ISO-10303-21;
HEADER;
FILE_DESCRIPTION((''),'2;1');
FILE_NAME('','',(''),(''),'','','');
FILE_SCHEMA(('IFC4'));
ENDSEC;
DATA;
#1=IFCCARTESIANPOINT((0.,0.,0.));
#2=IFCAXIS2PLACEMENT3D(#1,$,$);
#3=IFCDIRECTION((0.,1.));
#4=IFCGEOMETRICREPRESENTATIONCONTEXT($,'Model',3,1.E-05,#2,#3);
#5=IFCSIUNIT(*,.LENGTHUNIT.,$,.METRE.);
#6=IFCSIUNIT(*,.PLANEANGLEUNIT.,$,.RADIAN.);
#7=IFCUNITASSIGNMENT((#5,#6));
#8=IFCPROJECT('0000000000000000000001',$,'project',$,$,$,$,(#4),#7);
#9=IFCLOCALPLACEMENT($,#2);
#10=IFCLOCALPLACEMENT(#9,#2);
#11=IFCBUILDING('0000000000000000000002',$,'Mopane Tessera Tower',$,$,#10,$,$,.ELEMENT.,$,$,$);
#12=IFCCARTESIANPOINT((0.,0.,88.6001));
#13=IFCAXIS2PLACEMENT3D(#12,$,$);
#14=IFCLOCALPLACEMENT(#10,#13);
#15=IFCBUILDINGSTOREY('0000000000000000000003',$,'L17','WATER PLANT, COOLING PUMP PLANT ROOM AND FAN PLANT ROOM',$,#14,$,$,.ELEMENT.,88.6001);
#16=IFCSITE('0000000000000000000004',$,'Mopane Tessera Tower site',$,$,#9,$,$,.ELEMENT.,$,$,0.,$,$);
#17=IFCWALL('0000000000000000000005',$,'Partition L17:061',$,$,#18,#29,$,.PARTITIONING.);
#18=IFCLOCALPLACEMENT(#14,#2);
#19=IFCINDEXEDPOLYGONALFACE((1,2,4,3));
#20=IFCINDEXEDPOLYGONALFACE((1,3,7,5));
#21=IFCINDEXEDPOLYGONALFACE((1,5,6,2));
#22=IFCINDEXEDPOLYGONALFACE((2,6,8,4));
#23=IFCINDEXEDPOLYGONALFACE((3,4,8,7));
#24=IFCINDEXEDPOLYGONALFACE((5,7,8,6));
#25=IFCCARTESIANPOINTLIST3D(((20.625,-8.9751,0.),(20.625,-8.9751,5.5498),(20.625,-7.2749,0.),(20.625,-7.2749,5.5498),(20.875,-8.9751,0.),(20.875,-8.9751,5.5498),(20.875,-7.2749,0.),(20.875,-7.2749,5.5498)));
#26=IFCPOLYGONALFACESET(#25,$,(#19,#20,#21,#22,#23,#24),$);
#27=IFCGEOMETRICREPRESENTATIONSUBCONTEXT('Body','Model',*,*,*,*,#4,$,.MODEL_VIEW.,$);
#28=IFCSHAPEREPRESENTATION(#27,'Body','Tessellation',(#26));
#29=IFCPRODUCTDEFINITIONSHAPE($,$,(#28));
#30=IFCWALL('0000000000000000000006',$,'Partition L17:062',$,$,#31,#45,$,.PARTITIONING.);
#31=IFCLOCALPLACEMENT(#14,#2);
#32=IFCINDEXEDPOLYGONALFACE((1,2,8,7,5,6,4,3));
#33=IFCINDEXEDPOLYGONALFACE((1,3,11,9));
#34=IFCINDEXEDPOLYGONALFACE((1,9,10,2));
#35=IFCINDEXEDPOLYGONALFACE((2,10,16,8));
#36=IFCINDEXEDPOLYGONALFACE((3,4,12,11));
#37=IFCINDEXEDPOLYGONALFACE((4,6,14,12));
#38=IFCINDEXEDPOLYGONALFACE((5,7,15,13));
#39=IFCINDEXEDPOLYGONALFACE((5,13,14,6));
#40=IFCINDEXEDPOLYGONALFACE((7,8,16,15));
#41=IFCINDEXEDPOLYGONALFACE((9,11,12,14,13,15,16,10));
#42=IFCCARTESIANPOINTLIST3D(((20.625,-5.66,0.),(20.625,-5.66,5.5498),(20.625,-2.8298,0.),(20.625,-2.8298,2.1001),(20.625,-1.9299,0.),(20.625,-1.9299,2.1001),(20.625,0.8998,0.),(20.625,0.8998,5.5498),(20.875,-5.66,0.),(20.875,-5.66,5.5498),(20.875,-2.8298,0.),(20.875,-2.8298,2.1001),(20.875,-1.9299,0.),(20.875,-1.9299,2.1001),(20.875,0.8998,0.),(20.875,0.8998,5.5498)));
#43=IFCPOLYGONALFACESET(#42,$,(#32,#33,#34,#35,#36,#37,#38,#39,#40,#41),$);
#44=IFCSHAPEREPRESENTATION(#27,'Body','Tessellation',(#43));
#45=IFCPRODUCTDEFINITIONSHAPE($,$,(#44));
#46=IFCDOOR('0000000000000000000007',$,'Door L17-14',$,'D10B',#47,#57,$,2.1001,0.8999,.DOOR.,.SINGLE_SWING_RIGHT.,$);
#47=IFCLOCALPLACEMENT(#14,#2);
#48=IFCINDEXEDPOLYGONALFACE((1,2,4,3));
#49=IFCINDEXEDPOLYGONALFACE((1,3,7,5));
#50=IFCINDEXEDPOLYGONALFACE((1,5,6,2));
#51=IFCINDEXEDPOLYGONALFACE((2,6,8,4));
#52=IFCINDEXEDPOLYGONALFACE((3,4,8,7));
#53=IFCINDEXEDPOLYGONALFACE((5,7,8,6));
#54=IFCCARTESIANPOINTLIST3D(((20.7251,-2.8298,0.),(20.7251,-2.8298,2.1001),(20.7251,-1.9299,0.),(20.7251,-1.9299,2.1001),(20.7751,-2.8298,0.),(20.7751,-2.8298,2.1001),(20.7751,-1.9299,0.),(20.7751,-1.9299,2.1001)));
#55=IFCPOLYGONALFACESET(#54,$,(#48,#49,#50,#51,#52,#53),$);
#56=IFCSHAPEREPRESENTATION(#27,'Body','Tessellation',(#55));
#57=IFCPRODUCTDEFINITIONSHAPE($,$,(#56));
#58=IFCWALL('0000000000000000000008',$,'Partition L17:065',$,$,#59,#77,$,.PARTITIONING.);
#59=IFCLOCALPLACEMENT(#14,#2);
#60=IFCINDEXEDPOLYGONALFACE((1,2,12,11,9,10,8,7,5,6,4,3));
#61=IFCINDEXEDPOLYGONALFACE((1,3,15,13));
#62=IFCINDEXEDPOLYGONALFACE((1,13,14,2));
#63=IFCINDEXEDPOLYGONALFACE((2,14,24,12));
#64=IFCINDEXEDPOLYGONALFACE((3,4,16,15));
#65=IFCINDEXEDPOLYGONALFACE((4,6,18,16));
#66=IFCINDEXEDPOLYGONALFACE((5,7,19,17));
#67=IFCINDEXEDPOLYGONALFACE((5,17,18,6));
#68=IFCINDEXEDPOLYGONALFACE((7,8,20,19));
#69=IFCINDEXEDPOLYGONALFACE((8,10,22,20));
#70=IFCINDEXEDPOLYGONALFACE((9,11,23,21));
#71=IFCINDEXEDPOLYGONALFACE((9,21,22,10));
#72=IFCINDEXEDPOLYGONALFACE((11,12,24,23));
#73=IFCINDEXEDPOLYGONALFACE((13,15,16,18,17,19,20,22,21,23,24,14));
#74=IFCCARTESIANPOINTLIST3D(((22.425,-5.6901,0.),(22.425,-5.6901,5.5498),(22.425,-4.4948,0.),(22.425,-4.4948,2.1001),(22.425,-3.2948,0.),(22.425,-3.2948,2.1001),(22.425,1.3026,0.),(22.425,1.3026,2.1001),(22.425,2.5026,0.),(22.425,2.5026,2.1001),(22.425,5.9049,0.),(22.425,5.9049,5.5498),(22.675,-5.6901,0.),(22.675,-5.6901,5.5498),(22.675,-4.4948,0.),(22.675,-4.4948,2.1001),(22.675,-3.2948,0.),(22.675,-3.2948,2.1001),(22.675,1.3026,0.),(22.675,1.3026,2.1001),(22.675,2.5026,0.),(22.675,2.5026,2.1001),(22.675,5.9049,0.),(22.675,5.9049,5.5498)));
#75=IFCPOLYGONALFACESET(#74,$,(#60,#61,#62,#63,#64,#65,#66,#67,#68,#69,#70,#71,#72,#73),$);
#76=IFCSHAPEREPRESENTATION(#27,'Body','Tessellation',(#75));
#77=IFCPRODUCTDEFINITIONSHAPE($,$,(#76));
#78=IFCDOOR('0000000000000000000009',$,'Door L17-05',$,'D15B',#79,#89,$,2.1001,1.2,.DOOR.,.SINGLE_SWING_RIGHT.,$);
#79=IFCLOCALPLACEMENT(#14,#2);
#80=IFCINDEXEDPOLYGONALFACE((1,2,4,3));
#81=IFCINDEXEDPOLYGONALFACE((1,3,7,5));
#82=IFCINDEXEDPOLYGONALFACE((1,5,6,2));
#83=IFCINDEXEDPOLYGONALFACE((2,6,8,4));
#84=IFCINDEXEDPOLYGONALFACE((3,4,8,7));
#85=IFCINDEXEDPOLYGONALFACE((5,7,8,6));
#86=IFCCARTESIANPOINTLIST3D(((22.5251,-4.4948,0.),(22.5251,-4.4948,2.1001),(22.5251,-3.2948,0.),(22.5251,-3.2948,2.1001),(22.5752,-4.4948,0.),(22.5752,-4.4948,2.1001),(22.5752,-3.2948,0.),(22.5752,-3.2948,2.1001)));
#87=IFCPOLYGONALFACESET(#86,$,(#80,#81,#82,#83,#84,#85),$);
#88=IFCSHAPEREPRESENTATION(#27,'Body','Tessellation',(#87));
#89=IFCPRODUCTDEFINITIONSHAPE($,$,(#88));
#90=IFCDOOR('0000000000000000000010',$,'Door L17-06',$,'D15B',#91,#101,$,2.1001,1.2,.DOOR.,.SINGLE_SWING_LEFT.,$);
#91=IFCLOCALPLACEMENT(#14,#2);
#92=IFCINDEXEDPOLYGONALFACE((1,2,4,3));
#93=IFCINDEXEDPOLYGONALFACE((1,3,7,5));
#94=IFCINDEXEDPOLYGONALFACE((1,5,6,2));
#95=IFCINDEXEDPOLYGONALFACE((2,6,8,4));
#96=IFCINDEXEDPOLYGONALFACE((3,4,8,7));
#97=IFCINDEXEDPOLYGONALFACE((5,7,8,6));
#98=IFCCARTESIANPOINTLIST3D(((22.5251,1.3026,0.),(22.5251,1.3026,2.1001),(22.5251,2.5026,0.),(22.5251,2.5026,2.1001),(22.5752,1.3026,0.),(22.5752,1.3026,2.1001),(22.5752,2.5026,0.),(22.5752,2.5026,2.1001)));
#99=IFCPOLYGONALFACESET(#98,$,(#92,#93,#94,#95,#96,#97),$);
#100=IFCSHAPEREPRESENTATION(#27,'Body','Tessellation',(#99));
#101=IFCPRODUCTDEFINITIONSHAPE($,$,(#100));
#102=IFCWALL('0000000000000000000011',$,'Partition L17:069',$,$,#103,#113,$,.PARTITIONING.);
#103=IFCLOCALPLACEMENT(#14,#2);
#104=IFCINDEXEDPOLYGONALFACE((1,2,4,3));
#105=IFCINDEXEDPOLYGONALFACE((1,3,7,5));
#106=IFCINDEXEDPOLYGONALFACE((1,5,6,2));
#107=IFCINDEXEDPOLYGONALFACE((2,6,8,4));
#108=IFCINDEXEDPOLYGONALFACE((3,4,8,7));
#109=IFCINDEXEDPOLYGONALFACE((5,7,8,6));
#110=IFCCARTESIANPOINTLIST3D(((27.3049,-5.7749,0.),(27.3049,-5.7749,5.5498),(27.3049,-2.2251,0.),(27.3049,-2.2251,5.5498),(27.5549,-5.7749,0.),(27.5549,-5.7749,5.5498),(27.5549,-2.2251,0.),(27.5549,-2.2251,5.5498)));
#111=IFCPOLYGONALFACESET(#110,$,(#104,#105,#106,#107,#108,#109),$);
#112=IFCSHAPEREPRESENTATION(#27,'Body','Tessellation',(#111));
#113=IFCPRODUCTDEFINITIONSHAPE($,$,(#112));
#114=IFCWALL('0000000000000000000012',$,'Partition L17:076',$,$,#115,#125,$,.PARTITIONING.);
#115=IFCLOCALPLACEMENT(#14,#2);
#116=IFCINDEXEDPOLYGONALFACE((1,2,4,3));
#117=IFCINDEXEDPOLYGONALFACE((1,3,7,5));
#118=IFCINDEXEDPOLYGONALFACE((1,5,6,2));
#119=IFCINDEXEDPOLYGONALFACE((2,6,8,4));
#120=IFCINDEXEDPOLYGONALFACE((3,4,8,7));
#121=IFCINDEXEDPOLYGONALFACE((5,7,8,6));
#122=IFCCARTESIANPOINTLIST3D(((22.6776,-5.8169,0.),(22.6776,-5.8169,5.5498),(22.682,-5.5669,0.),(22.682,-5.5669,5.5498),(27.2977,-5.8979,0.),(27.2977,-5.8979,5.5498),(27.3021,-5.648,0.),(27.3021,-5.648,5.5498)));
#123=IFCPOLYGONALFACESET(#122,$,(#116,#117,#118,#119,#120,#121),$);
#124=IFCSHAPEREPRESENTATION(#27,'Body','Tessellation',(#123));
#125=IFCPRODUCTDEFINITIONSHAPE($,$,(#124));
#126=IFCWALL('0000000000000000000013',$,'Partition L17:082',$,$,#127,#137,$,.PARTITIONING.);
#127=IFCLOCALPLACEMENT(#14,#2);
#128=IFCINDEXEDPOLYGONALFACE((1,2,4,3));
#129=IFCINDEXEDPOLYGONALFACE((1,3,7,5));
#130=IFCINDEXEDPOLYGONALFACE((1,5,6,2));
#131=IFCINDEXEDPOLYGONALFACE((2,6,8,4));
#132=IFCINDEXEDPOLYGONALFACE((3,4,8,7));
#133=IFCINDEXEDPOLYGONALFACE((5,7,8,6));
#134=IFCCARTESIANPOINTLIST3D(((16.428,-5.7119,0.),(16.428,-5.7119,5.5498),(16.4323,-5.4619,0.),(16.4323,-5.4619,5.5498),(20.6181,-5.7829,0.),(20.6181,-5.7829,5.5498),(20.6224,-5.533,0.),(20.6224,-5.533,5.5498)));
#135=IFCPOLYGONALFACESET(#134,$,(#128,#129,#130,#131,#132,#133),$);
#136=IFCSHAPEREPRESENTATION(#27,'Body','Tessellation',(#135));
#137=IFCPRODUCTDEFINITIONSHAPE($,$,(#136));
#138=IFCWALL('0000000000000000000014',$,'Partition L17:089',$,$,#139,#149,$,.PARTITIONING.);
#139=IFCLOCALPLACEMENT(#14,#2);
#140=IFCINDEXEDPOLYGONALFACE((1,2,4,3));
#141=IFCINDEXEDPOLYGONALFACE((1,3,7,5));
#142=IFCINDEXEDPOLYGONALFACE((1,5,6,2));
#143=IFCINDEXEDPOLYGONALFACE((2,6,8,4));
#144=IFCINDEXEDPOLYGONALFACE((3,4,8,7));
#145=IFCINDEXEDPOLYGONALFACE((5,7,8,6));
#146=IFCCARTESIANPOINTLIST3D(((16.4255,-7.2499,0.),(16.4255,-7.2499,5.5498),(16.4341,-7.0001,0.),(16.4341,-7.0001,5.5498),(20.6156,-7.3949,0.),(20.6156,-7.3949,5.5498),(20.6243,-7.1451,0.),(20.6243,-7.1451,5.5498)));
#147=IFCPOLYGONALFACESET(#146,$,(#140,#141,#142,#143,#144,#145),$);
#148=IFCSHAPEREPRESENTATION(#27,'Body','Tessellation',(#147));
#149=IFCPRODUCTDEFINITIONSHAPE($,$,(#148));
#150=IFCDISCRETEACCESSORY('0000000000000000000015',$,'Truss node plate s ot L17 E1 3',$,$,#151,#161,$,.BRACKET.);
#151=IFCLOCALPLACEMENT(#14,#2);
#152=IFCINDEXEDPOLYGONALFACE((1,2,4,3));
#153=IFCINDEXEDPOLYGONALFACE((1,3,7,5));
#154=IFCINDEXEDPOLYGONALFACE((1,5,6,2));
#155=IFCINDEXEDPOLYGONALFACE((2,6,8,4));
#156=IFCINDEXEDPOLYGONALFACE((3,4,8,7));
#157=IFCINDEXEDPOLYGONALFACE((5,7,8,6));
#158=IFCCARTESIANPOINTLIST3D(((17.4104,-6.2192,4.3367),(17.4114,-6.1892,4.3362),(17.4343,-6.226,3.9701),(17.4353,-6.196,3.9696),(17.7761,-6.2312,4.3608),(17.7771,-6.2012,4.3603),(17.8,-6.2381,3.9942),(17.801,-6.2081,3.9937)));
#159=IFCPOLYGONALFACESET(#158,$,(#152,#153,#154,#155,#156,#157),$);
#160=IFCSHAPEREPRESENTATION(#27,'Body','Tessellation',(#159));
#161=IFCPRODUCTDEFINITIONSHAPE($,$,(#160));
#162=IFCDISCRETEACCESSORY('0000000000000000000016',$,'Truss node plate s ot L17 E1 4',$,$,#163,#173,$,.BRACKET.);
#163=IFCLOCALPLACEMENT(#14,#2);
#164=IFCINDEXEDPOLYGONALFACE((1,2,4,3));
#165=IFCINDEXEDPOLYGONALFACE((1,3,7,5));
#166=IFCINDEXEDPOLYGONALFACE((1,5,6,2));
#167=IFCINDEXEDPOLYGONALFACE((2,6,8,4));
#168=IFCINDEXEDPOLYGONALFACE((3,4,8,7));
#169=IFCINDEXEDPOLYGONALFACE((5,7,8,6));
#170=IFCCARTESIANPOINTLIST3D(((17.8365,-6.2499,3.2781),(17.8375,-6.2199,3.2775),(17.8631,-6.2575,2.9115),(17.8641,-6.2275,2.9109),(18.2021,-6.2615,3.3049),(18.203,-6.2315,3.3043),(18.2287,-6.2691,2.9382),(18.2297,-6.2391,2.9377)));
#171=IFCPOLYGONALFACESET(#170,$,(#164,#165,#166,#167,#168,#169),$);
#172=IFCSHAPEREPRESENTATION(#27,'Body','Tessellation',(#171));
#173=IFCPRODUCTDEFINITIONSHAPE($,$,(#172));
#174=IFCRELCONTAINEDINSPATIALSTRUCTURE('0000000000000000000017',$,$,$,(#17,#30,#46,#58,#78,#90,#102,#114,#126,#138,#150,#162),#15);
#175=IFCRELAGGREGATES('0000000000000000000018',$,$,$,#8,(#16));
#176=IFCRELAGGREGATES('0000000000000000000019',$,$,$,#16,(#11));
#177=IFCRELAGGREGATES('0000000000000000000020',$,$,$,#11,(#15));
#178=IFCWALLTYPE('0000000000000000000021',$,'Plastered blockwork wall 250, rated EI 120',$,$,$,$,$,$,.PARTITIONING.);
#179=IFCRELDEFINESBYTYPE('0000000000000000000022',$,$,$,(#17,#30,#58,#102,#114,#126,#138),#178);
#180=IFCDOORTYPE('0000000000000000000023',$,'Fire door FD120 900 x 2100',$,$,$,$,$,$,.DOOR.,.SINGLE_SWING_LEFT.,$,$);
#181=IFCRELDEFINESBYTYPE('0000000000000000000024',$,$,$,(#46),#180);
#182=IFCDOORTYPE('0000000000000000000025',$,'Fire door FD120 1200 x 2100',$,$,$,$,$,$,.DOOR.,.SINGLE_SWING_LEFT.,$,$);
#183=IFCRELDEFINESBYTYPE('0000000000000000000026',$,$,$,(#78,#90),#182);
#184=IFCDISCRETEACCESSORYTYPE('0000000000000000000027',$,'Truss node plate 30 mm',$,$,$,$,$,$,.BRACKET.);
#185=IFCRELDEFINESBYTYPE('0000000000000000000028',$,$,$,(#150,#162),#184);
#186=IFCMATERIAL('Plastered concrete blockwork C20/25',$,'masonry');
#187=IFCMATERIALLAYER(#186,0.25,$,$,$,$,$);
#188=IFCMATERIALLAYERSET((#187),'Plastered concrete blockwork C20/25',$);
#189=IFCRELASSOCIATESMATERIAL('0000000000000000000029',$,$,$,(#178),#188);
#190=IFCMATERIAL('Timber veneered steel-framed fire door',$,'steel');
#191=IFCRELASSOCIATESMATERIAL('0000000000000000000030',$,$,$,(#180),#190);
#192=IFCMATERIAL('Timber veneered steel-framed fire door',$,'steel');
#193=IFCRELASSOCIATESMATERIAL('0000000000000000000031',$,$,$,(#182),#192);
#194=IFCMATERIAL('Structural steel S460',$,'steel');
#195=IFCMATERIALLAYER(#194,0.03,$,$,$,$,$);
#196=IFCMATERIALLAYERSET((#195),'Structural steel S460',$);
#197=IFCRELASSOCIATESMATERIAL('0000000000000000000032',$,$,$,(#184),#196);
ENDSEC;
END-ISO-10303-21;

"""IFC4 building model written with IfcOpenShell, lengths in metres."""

from ifc_helpers import new_model, si_unit, direction, frame, frame_2d, origin, origin_2d, place, context, subcontext, project, spatial, rectangle, extrude, material, layer, layer_set, type_object, element, fill, save


model = new_model("IFC4")

# Units and contexts
model_context = context("Model", 3, precision=1e-05, world=origin(), true_north=direction((0.0, 1.0)))
body_context = subcontext(model_context, "Body", "Model", "MODEL_VIEW")
ifc_project = project(units=[si_unit("LENGTHUNIT", "METRE"), si_unit("PLANEANGLEUNIT", "RADIAN")], contexts=[model_context])

# Site, building, storey
site_placement = place(None, origin())
site = spatial("IfcSite", under=ifc_project, at=site_placement, Name="Mopane Tessera Tower site", CompositionType="ELEMENT", RefElevation=0.0)
building_placement = place(site_placement, origin())
building = spatial("IfcBuilding", under=site, at=building_placement, Name="Mopane Tessera Tower", CompositionType="ELEMENT")
storey_placement = place(building_placement, frame((0.0, 0.0, 88.6001)))
storey = spatial("IfcBuildingStorey", under=building, at=storey_placement, Name="L17", Description="WATER PLANT, COOLING PUMP PLANT ROOM AND FAN PLANT ROOM", CompositionType="ELEMENT", Elevation=88.6001)

# Wall
ifc_material_1 = material(Name="Plastered concrete blockwork C20/25", Category="masonry")
ifc_layer_1 = layer(ifc_material_1, 0.25)
ifc_layer_set_1 = layer_set([ifc_layer_1], Name="Plastered concrete blockwork C20/25")
wall_type = type_object("IfcWallType", Name="Plastered blockwork wall 250, rated EI 120", PredefinedType="PARTITIONING", material=ifc_layer_set_1)
wall_1_placement = place(storey_placement, frame((20.75, -8.9751, 0.0), z_axis=(0.0, 0.0, 1.0), x_axis=(0.0, 1.0, 0.0)))
element("IfcWall", 1, at=wall_1_placement, inside=storey, type_object=wall_type, Name="Partition L17:061", PredefinedType="PARTITIONING", context=body_context, shape_type="SweptSolid", body=[
    extrude(rectangle(XDim=1.7002, YDim=0.25, at=frame_2d((0.8501, 0.0))), origin(), (0.0, 0.0, 1.0), 5.5498),
])

# Wall, opening, door
wall_2_placement = place(storey_placement, frame((20.75, -5.6599, 0.0), z_axis=(0.0, 0.0, 1.0), x_axis=(0.0, 1.0, 0.0)))
wall_2 = element("IfcWall", 2, at=wall_2_placement, inside=storey, type_object=wall_type, Name="Partition L17:062", PredefinedType="PARTITIONING", context=body_context, shape_type="SweptSolid", body=[
    extrude(rectangle(XDim=6.5598, YDim=0.25, at=frame_2d((3.2798, 0.0))), origin(), (0.0, 0.0, 1.0), 5.5498),
])
opening_1_placement = place(wall_2_placement, frame((2.8301, 0.0, 0.0)))
opening_1 = element("IfcOpeningElement", 3, at=opening_1_placement, cuts=wall_2, PredefinedType="OPENING", context=body_context, shape_type="SweptSolid", body=[
    extrude(rectangle(XDim=0.8999, YDim=2.1001, at=frame_2d((0.45, 1.05))), frame((0.0, 0.137, 0.0), z_axis=(0.0, -1.0, 0.0), x_axis=(1.0, 0.0, 0.0)), (0.0, 0.0, 1.0), 0.2739),
])
ifc_material_2 = material(Name="Timber veneered steel-framed fire door", Category="steel")
door_type_1 = type_object("IfcDoorType", Name="Fire door FD120 900 x 2100", OperationType="SINGLE_SWING_LEFT", PredefinedType="DOOR", material=ifc_material_2)
door_1_placement = place(opening_1_placement, origin())
door_1 = element("IfcDoor", 4, at=door_1_placement, inside=storey, type_object=door_type_1, Name="Door L17-14", ObjectType="D10B", OperationType="SINGLE_SWING_RIGHT", OverallHeight=2.1001, OverallWidth=0.8999, PredefinedType="DOOR", context=body_context, shape_type="SweptSolid", body=[
    extrude(rectangle(XDim=0.8999, YDim=2.1001, at=frame_2d((0.45, 1.05))), frame((0.0, 0.0249, 0.0), z_axis=(0.0, -1.0, 0.0), x_axis=(1.0, 0.0, 0.0)), (0.0, 0.0, 1.0), 0.05),
])
fill(opening_1, door_1)

# Wall, openings, doors
wall_3_placement = place(storey_placement, frame((22.55, -5.6899, 0.0), z_axis=(0.0, 0.0, 1.0), x_axis=(0.0, 1.0, 0.0)))
wall_3 = element("IfcWall", 5, at=wall_3_placement, inside=storey, type_object=wall_type, Name="Partition L17:065", PredefinedType="PARTITIONING", context=body_context, shape_type="SweptSolid", body=[
    extrude(rectangle(XDim=11.595, YDim=0.25, at=frame_2d((5.7974, 0.0))), origin(), (0.0, 0.0, 1.0), 5.5498),
])
opening_2_placement = place(wall_3_placement, frame((1.1951, 0.0, 0.0)))
opening_2 = element("IfcOpeningElement", 6, at=opening_2_placement, cuts=wall_3, PredefinedType="OPENING", context=body_context, shape_type="SweptSolid", body=[
    extrude(rectangle(XDim=1.2, YDim=2.1001, at=frame_2d((0.6001, 1.05))), frame((0.0, 0.137, 0.0), z_axis=(0.0, -1.0, 0.0), x_axis=(1.0, 0.0, 0.0)), (0.0, 0.0, 1.0), 0.2739),
])
opening_3_placement = place(wall_3_placement, frame((6.9924, 0.0, 0.0)))
opening_3 = element("IfcOpeningElement", 7, at=opening_3_placement, cuts=wall_3, PredefinedType="OPENING", context=body_context, shape_type="SweptSolid", body=[
    extrude(rectangle(XDim=1.2, YDim=2.1001, at=frame_2d((0.6001, 1.05))), frame((0.0, 0.137, 0.0), z_axis=(0.0, -1.0, 0.0), x_axis=(1.0, 0.0, 0.0)), (0.0, 0.0, 1.0), 0.2739),
])
ifc_material_3 = material(Name="Timber veneered steel-framed fire door", Category="steel")
door_type_2 = type_object("IfcDoorType", Name="Fire door FD120 1200 x 2100", OperationType="SINGLE_SWING_LEFT", PredefinedType="DOOR", material=ifc_material_3)
door_2_placement = place(opening_2_placement, origin())
door_2 = element("IfcDoor", 8, at=door_2_placement, inside=storey, type_object=door_type_2, Name="Door L17-05", ObjectType="D15B", OperationType="SINGLE_SWING_RIGHT", OverallHeight=2.1001, OverallWidth=1.2, PredefinedType="DOOR", context=body_context, shape_type="SweptSolid", body=[
    extrude(rectangle(XDim=1.2, YDim=2.1001, at=frame_2d((0.6001, 1.05))), frame((0.0, 0.0249, 0.0), z_axis=(0.0, -1.0, 0.0), x_axis=(1.0, 0.0, 0.0)), (0.0, 0.0, 1.0), 0.05),
])
fill(opening_2, door_2)
door_3_placement = place(opening_3_placement, origin())
door_3 = element("IfcDoor", 9, at=door_3_placement, inside=storey, type_object=door_type_2, Name="Door L17-06", ObjectType="D15B", OperationType="SINGLE_SWING_LEFT", OverallHeight=2.1001, OverallWidth=1.2, PredefinedType="DOOR", context=body_context, shape_type="SweptSolid", body=[
    extrude(rectangle(XDim=1.2, YDim=2.1001, at=frame_2d((0.6001, 1.05))), frame((0.0, 0.0249, 0.0), z_axis=(0.0, -1.0, 0.0), x_axis=(1.0, 0.0, 0.0)), (0.0, 0.0, 1.0), 0.05),
])
fill(opening_3, door_3)

# Walls
wall_4_placement = place(storey_placement, frame((27.4299, -5.7749, 0.0), z_axis=(0.0, 0.0, 1.0), x_axis=(0.0, 1.0, 0.0)))
element("IfcWall", 10, at=wall_4_placement, inside=storey, type_object=wall_type, Name="Partition L17:069", PredefinedType="PARTITIONING", context=body_context, shape_type="SweptSolid", body=[
    extrude(rectangle(XDim=3.5498, YDim=0.25, at=frame_2d((1.7749, 0.0))), origin(), (0.0, 0.0, 1.0), 5.5498),
])
wall_5_placement = place(storey_placement, frame((27.3, -5.7729, 0.0), z_axis=(0.0, 0.0, 1.0), x_axis=(-0.999846, 0.017541, 0.0)))
element("IfcWall", 11, at=wall_5_placement, inside=storey, type_object=wall_type, Name="Partition L17:076", PredefinedType="PARTITIONING", context=body_context, shape_type="SweptSolid", body=[
    extrude(rectangle(XDim=4.6208, YDim=0.25, at=frame_2d((2.3105, 0.0))), origin(), (0.0, 0.0, 1.0), 5.5498),
])
wall_6_placement = place(storey_placement, frame((20.6201, -5.658, 0.0), z_axis=(0.0, 0.0, 1.0), x_axis=(-0.999856, 0.016953, 0.0)))
element("IfcWall", 12, at=wall_6_placement, inside=storey, type_object=wall_type, Name="Partition L17:082", PredefinedType="PARTITIONING", context=body_context, shape_type="SweptSolid", body=[
    extrude(rectangle(XDim=4.1907, YDim=0.25, at=frame_2d((2.0952, 0.0))), origin(), (0.0, 0.0, 1.0), 5.5498),
])
wall_7_placement = place(storey_placement, frame((16.4299, -7.125, 0.0), z_axis=(0.0, 0.0, 1.0), x_axis=(0.999402, -0.034589, 0.0)))
element("IfcWall", 13, at=wall_7_placement, inside=storey, type_object=wall_type, Name="Partition L17:089", PredefinedType="PARTITIONING", context=body_context, shape_type="SweptSolid", body=[
    extrude(rectangle(XDim=4.1926, YDim=0.25, at=frame_2d((2.0962, 0.0))), origin(), (0.0, 0.0, 1.0), 5.5498),
])

# Discrete accessories
ifc_material_4 = material(Name="Structural steel S460", Category="steel")
ifc_layer_2 = layer(ifc_material_4, 0.03)
ifc_layer_set_2 = layer_set([ifc_layer_2], Name="Structural steel S460")
discrete_accessory_type = type_object("IfcDiscreteAccessoryType", Name="Truss node plate 30 mm", PredefinedType="BRACKET", material=ifc_layer_set_2)
discrete_accessory_1_placement = place(storey_placement, frame((17.6177, -6.217, 3.9819), z_axis=(-0.065097, 0.018599, 0.997706), x_axis=(0.034057, 0.999285, -0.016406)))
element("IfcDiscreteAccessory", 14, at=discrete_accessory_1_placement, inside=storey, type_object=discrete_accessory_type, Name="Truss node plate s ot L17 E1 3", PredefinedType="BRACKET", context=body_context, shape_type="SweptSolid", body=[
    extrude(rectangle(XDim=0.03, YDim=0.3667, at=origin_2d()), origin(), (0.0, 0.0, 1.0), 0.3674),
])
for number, where, z_axis, x_axis, name in (
    (15, (18.0464, -6.2483, 2.9246), (-0.072364, 0.020581, 0.997166), (0.033097, 0.999286, -0.018223), "Truss node plate s ot L17 E1 4"),
):
    element("IfcDiscreteAccessory", number, at=place(storey_placement, frame(where, z_axis=z_axis, x_axis=x_axis)), inside=storey, type_object=discrete_accessory_type, Name=name, PredefinedType="BRACKET", context=body_context, shape_type="SweptSolid", body=[
        extrude(rectangle(XDim=0.03, YDim=0.3667, at=origin_2d()), origin(), (0.0, 0.0, 1.0), 0.3677),
    ])

save(model, "model.ifc")
